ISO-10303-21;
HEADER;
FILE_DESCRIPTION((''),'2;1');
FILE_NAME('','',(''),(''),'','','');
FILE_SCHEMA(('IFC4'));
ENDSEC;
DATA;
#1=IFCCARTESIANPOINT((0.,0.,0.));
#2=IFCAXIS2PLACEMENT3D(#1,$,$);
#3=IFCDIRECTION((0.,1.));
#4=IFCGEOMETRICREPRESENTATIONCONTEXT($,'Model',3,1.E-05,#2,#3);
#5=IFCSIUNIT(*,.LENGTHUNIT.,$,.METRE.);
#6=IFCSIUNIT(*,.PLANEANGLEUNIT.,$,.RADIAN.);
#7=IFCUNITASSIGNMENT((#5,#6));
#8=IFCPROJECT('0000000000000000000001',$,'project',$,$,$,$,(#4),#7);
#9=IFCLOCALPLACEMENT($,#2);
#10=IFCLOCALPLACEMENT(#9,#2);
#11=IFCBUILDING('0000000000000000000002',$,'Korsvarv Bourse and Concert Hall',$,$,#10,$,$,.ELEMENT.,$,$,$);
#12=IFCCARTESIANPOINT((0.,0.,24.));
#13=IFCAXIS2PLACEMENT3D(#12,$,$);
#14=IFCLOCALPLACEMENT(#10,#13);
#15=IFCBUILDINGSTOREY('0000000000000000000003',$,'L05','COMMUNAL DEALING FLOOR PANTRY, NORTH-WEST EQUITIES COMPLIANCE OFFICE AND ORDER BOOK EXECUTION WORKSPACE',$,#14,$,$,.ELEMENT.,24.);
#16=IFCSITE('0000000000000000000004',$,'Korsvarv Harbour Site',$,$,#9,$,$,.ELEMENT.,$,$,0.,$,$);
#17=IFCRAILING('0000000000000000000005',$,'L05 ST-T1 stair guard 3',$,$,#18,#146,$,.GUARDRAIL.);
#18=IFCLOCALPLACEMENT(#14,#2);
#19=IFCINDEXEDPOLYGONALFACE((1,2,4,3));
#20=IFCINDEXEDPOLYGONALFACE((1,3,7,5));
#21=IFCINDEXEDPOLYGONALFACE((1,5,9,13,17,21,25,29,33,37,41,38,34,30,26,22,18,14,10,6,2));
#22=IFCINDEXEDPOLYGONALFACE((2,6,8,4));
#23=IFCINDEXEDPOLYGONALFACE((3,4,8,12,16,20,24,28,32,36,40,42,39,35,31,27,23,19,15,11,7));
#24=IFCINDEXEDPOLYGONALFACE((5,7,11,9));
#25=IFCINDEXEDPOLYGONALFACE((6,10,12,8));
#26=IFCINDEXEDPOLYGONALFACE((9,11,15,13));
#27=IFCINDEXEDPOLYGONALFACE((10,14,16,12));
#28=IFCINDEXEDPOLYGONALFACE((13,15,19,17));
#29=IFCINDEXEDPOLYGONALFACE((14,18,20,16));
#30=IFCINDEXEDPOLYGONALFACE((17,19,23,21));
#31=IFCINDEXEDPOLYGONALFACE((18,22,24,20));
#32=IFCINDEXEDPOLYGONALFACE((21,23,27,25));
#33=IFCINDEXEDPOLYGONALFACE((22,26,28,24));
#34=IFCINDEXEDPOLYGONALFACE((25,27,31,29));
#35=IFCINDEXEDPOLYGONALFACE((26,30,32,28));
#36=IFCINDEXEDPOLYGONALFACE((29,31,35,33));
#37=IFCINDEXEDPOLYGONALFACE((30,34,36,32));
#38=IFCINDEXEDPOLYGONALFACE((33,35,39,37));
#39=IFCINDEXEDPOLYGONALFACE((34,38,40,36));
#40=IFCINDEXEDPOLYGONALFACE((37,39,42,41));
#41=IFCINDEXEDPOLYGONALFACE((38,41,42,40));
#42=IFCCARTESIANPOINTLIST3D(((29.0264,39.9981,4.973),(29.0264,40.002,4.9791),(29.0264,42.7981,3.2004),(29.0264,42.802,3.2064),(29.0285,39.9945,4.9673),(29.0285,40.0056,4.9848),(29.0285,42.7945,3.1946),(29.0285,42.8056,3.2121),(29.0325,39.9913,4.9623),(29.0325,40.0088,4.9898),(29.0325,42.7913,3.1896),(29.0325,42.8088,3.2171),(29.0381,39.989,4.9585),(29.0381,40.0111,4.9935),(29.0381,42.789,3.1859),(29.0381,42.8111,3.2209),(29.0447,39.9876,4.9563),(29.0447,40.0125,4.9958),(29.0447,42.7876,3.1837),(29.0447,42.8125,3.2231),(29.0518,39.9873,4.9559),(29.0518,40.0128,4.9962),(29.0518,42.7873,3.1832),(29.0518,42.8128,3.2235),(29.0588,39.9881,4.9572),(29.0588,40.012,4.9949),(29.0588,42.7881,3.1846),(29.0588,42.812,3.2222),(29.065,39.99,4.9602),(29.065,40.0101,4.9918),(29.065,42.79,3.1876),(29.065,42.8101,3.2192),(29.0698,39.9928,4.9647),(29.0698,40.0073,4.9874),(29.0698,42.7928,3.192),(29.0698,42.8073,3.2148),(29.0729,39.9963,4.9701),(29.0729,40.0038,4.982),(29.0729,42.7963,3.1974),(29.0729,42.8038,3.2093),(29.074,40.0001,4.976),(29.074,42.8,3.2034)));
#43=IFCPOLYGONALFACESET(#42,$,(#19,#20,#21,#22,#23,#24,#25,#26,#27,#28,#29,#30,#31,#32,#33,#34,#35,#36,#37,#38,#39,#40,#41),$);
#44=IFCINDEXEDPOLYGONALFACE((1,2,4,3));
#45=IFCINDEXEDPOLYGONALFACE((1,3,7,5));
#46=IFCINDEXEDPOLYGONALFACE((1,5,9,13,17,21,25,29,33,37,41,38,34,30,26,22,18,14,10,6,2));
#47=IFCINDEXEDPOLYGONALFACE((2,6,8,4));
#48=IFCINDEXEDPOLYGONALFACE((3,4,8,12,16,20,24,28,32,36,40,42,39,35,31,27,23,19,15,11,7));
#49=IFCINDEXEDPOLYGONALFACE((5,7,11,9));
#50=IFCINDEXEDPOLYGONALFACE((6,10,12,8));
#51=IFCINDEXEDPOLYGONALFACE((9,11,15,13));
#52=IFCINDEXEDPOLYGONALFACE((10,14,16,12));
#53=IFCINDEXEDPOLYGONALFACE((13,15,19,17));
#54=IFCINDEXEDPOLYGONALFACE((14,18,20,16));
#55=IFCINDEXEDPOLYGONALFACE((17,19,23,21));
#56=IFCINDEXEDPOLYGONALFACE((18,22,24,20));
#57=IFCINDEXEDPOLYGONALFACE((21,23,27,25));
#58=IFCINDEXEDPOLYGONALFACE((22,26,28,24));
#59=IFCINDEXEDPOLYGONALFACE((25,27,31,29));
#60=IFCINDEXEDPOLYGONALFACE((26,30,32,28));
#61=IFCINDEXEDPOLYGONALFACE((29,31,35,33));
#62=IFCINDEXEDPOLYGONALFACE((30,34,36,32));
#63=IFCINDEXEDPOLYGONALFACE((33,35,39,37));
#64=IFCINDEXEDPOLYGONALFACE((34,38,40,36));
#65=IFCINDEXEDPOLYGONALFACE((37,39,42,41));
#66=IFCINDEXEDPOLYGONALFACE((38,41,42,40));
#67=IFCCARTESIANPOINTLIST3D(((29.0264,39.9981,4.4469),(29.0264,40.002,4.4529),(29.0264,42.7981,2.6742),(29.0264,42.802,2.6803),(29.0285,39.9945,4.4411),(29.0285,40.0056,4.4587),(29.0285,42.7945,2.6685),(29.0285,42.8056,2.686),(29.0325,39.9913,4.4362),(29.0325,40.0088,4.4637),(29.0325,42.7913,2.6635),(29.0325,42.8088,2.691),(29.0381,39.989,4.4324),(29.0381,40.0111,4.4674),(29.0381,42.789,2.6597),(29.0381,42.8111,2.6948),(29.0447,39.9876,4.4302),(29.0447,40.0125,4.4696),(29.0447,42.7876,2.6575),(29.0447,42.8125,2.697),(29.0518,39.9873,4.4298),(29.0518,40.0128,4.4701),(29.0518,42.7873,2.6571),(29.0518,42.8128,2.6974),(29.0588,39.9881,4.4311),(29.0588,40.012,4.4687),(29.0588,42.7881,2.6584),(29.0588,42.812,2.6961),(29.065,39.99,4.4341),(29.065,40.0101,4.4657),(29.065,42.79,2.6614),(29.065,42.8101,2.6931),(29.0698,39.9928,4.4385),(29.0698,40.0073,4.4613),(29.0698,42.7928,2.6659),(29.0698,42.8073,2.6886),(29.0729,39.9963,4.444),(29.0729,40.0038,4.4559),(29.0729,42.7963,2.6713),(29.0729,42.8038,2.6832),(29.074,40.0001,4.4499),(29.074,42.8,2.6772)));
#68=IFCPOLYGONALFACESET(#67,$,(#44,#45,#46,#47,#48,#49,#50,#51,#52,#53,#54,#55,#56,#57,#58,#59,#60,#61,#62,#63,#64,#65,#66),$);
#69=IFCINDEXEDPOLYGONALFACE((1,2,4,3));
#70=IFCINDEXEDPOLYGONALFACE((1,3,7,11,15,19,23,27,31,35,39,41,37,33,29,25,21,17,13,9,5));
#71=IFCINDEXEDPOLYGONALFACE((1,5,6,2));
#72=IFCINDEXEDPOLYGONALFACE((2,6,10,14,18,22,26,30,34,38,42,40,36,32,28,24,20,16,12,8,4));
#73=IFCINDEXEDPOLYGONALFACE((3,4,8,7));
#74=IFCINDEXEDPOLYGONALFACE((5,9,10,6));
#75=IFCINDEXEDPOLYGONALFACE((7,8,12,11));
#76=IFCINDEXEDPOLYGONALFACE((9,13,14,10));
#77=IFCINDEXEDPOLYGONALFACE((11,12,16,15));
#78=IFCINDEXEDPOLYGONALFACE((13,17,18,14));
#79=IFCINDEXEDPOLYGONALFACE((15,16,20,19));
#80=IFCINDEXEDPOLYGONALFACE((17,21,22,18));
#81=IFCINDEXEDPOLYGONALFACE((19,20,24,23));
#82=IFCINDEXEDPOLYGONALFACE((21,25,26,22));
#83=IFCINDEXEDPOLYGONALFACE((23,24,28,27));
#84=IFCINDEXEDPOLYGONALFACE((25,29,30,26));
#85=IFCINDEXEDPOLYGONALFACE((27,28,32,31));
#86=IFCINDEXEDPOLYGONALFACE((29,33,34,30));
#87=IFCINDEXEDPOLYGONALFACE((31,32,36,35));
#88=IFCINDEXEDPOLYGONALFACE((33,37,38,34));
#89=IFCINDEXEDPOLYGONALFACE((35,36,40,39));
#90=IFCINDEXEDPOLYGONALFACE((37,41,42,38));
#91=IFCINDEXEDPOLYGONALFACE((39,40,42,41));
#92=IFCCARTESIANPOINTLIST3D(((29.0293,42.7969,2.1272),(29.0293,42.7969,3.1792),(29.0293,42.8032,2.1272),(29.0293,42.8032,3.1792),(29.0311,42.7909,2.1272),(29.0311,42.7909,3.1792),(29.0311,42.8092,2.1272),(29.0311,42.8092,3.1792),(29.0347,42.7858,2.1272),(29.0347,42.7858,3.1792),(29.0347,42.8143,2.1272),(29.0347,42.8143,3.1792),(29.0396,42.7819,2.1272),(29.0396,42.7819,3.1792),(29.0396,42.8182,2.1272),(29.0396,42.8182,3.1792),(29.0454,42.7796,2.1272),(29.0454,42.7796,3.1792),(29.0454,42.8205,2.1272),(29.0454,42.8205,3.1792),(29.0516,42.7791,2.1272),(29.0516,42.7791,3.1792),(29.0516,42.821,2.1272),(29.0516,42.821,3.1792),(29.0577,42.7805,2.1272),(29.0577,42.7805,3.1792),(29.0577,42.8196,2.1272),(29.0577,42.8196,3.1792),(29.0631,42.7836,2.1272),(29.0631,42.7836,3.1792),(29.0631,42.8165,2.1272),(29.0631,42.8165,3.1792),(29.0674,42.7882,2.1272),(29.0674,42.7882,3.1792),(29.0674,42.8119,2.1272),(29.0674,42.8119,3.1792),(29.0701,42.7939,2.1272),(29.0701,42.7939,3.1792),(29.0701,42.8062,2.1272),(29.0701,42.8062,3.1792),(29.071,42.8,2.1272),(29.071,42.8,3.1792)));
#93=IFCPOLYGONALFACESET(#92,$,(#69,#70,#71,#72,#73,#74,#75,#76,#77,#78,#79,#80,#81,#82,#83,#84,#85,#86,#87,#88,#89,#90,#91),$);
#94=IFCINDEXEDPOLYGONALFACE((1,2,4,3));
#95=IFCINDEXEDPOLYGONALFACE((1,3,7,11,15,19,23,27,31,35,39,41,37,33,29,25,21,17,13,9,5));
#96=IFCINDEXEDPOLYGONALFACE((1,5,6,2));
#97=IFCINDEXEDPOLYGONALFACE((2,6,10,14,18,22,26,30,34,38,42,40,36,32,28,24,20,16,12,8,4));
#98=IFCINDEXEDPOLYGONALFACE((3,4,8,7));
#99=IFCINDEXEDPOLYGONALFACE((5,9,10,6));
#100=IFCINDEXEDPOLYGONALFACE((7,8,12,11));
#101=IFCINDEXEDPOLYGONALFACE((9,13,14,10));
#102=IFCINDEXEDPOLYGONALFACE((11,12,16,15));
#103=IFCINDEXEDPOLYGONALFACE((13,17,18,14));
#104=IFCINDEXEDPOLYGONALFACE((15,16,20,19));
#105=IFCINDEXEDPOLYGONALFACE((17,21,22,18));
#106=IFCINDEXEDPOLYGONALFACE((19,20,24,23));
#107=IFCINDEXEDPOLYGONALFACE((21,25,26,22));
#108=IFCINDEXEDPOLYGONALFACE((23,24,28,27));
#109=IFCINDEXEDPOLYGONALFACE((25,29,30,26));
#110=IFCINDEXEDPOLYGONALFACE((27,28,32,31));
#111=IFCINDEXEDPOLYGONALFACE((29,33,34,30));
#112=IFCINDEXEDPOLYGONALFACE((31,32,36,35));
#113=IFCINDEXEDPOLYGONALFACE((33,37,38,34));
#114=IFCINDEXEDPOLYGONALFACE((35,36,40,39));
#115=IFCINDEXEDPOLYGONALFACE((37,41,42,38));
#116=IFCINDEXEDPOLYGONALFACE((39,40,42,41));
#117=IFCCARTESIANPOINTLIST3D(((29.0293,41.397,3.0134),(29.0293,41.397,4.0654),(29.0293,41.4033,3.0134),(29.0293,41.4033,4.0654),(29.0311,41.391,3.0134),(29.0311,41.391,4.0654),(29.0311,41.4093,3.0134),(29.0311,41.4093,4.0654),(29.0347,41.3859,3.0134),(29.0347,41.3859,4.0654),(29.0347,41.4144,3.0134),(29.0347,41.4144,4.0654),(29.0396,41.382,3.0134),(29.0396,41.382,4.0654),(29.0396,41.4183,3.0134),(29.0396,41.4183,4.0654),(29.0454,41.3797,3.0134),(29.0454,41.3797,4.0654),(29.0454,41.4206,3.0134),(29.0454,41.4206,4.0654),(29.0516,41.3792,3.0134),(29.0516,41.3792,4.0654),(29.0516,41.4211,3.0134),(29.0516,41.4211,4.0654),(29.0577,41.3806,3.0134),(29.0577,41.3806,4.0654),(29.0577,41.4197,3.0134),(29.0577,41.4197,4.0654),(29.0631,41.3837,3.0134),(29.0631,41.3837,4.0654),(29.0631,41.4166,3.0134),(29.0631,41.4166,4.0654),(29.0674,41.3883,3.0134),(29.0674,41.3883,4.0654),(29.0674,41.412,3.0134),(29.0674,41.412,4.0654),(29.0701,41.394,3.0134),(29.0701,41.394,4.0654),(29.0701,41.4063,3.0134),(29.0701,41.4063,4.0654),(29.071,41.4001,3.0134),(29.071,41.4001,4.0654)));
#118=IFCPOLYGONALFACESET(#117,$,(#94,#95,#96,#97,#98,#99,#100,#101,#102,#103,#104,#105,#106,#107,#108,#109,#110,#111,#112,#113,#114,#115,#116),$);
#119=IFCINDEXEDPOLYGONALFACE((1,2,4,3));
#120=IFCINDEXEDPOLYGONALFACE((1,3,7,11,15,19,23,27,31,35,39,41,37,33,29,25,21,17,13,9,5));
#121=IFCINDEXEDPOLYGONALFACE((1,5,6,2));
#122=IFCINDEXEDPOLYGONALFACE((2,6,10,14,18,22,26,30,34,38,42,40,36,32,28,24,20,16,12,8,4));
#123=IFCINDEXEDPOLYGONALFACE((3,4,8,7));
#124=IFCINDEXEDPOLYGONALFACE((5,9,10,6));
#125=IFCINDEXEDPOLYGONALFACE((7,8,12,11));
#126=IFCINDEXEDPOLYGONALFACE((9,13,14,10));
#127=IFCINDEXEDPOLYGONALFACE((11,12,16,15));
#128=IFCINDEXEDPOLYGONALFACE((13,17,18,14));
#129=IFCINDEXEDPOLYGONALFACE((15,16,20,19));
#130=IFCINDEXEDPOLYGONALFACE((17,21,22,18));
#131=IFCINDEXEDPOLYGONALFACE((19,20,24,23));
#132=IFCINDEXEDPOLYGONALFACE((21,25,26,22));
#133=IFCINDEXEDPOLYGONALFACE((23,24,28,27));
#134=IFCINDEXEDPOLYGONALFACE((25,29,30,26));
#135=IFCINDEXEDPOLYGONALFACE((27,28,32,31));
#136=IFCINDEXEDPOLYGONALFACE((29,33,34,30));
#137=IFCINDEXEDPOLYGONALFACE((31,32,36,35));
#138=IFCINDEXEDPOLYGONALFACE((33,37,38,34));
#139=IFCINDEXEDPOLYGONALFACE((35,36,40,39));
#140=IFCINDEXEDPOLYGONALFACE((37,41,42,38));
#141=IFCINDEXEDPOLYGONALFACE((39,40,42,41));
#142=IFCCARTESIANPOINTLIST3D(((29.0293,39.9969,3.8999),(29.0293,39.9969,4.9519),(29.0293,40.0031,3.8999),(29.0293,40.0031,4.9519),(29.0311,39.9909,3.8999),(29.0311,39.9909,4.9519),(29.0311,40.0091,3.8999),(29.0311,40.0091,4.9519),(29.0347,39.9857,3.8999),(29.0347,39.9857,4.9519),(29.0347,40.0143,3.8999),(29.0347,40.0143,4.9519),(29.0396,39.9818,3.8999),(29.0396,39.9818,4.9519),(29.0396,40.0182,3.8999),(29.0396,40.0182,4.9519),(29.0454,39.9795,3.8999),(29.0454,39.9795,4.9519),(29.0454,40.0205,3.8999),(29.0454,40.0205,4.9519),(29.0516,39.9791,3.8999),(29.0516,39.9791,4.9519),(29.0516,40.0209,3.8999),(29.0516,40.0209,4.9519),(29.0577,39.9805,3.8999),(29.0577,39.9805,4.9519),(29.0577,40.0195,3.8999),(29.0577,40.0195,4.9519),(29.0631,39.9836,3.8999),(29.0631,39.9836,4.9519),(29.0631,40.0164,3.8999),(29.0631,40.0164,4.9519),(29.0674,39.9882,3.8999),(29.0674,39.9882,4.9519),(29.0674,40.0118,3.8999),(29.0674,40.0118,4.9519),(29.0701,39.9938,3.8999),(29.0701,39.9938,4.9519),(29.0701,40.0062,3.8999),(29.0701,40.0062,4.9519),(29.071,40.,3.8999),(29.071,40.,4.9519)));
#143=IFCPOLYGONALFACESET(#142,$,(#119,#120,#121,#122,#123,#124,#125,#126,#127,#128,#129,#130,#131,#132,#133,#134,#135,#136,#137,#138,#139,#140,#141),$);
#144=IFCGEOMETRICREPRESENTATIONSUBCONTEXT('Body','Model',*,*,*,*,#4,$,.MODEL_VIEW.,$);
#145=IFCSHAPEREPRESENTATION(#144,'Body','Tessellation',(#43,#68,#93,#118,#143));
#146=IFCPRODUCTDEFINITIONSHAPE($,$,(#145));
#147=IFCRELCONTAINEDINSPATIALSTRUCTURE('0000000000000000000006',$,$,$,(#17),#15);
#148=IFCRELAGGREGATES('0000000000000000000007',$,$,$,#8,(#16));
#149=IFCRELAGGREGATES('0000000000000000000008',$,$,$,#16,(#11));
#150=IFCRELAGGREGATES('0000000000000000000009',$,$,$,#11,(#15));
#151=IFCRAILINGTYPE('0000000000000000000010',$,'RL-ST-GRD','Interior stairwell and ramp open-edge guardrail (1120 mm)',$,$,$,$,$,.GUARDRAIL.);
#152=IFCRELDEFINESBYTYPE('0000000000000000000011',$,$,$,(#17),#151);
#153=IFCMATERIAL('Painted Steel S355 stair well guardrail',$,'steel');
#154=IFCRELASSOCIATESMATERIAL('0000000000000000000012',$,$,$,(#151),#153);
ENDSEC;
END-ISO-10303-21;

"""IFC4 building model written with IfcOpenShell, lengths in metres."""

from ifc_helpers import new_model, si_unit, direction, frame, origin, origin_2d, place, context, subcontext, project, spatial, circle, extrude, material, type_object, element, save


model = new_model("IFC4")

# Units and contexts
model_context = context("Model", 3, precision=1e-05, world=origin(), true_north=direction((0.0, 1.0)))
body_context = subcontext(model_context, "Body", "Model", "MODEL_VIEW")
ifc_project = project(units=[si_unit("LENGTHUNIT", "METRE"), si_unit("PLANEANGLEUNIT", "RADIAN")], contexts=[model_context])

# Site, building, storey
site_placement = place(None, origin())
site = spatial("IfcSite", under=ifc_project, at=site_placement, Name="Korsvarv Harbour Site", CompositionType="ELEMENT", RefElevation=0.0)
building_placement = place(site_placement, origin())
building = spatial("IfcBuilding", under=site, at=building_placement, Name="Korsvarv Bourse and Concert Hall", CompositionType="ELEMENT")
storey_placement = place(building_placement, frame((0.0, 0.0, 24.0)))
storey = spatial("IfcBuildingStorey", under=building, at=storey_placement, Name="L05", Description="COMMUNAL DEALING FLOOR PANTRY, NORTH-WEST EQUITIES COMPLIANCE OFFICE AND ORDER BOOK EXECUTION WORKSPACE", CompositionType="ELEMENT", Elevation=24.0)

# Railing
ifc_material_1 = material(Name="Painted Steel S355 stair well guardrail", Category="steel")
railing_type = type_object("IfcRailingType", Name="RL-ST-GRD", Description="Interior stairwell and ramp open-edge guardrail (1120 mm)", PredefinedType="GUARDRAIL", material=ifc_material_1)
railing_1_placement = place(storey_placement, frame((29.05, 42.8, 2.1272)))
element("IfcRailing", 1, at=railing_1_placement, inside=storey, type_object=railing_type, Name="L05 ST-T1 stair guard 3", PredefinedType="GUARDRAIL", context=body_context, shape_type="SweptSolid", body=[
    extrude(circle(Radius=0.0239, at=origin_2d()), frame((0.0, 0.0, 1.0762), z_axis=(0.0, -0.844909, 0.53491), x_axis=(1.0, 0.0, 0.0)), (0.0, 0.0, 1.0), 3.314),
    extrude(circle(Radius=0.0239, at=origin_2d()), frame((0.0, 0.0, 0.55), z_axis=(0.0, -0.844909, 0.53491), x_axis=(1.0, 0.0, 0.0)), (0.0, 0.0, 1.0), 3.314),
    extrude(circle(Radius=0.021, at=origin_2d()), origin(), (0.0, 0.0, 1.0), 1.052),
    extrude(circle(Radius=0.021, at=origin_2d()), frame((0.0, -1.3999, 0.8862)), (0.0, 0.0, 1.0), 1.052),
    extrude(circle(Radius=0.021, at=origin_2d()), frame((0.0, -2.8, 1.7727)), (0.0, 0.0, 1.0), 1.052),
])

save(model, "model.ifc")
